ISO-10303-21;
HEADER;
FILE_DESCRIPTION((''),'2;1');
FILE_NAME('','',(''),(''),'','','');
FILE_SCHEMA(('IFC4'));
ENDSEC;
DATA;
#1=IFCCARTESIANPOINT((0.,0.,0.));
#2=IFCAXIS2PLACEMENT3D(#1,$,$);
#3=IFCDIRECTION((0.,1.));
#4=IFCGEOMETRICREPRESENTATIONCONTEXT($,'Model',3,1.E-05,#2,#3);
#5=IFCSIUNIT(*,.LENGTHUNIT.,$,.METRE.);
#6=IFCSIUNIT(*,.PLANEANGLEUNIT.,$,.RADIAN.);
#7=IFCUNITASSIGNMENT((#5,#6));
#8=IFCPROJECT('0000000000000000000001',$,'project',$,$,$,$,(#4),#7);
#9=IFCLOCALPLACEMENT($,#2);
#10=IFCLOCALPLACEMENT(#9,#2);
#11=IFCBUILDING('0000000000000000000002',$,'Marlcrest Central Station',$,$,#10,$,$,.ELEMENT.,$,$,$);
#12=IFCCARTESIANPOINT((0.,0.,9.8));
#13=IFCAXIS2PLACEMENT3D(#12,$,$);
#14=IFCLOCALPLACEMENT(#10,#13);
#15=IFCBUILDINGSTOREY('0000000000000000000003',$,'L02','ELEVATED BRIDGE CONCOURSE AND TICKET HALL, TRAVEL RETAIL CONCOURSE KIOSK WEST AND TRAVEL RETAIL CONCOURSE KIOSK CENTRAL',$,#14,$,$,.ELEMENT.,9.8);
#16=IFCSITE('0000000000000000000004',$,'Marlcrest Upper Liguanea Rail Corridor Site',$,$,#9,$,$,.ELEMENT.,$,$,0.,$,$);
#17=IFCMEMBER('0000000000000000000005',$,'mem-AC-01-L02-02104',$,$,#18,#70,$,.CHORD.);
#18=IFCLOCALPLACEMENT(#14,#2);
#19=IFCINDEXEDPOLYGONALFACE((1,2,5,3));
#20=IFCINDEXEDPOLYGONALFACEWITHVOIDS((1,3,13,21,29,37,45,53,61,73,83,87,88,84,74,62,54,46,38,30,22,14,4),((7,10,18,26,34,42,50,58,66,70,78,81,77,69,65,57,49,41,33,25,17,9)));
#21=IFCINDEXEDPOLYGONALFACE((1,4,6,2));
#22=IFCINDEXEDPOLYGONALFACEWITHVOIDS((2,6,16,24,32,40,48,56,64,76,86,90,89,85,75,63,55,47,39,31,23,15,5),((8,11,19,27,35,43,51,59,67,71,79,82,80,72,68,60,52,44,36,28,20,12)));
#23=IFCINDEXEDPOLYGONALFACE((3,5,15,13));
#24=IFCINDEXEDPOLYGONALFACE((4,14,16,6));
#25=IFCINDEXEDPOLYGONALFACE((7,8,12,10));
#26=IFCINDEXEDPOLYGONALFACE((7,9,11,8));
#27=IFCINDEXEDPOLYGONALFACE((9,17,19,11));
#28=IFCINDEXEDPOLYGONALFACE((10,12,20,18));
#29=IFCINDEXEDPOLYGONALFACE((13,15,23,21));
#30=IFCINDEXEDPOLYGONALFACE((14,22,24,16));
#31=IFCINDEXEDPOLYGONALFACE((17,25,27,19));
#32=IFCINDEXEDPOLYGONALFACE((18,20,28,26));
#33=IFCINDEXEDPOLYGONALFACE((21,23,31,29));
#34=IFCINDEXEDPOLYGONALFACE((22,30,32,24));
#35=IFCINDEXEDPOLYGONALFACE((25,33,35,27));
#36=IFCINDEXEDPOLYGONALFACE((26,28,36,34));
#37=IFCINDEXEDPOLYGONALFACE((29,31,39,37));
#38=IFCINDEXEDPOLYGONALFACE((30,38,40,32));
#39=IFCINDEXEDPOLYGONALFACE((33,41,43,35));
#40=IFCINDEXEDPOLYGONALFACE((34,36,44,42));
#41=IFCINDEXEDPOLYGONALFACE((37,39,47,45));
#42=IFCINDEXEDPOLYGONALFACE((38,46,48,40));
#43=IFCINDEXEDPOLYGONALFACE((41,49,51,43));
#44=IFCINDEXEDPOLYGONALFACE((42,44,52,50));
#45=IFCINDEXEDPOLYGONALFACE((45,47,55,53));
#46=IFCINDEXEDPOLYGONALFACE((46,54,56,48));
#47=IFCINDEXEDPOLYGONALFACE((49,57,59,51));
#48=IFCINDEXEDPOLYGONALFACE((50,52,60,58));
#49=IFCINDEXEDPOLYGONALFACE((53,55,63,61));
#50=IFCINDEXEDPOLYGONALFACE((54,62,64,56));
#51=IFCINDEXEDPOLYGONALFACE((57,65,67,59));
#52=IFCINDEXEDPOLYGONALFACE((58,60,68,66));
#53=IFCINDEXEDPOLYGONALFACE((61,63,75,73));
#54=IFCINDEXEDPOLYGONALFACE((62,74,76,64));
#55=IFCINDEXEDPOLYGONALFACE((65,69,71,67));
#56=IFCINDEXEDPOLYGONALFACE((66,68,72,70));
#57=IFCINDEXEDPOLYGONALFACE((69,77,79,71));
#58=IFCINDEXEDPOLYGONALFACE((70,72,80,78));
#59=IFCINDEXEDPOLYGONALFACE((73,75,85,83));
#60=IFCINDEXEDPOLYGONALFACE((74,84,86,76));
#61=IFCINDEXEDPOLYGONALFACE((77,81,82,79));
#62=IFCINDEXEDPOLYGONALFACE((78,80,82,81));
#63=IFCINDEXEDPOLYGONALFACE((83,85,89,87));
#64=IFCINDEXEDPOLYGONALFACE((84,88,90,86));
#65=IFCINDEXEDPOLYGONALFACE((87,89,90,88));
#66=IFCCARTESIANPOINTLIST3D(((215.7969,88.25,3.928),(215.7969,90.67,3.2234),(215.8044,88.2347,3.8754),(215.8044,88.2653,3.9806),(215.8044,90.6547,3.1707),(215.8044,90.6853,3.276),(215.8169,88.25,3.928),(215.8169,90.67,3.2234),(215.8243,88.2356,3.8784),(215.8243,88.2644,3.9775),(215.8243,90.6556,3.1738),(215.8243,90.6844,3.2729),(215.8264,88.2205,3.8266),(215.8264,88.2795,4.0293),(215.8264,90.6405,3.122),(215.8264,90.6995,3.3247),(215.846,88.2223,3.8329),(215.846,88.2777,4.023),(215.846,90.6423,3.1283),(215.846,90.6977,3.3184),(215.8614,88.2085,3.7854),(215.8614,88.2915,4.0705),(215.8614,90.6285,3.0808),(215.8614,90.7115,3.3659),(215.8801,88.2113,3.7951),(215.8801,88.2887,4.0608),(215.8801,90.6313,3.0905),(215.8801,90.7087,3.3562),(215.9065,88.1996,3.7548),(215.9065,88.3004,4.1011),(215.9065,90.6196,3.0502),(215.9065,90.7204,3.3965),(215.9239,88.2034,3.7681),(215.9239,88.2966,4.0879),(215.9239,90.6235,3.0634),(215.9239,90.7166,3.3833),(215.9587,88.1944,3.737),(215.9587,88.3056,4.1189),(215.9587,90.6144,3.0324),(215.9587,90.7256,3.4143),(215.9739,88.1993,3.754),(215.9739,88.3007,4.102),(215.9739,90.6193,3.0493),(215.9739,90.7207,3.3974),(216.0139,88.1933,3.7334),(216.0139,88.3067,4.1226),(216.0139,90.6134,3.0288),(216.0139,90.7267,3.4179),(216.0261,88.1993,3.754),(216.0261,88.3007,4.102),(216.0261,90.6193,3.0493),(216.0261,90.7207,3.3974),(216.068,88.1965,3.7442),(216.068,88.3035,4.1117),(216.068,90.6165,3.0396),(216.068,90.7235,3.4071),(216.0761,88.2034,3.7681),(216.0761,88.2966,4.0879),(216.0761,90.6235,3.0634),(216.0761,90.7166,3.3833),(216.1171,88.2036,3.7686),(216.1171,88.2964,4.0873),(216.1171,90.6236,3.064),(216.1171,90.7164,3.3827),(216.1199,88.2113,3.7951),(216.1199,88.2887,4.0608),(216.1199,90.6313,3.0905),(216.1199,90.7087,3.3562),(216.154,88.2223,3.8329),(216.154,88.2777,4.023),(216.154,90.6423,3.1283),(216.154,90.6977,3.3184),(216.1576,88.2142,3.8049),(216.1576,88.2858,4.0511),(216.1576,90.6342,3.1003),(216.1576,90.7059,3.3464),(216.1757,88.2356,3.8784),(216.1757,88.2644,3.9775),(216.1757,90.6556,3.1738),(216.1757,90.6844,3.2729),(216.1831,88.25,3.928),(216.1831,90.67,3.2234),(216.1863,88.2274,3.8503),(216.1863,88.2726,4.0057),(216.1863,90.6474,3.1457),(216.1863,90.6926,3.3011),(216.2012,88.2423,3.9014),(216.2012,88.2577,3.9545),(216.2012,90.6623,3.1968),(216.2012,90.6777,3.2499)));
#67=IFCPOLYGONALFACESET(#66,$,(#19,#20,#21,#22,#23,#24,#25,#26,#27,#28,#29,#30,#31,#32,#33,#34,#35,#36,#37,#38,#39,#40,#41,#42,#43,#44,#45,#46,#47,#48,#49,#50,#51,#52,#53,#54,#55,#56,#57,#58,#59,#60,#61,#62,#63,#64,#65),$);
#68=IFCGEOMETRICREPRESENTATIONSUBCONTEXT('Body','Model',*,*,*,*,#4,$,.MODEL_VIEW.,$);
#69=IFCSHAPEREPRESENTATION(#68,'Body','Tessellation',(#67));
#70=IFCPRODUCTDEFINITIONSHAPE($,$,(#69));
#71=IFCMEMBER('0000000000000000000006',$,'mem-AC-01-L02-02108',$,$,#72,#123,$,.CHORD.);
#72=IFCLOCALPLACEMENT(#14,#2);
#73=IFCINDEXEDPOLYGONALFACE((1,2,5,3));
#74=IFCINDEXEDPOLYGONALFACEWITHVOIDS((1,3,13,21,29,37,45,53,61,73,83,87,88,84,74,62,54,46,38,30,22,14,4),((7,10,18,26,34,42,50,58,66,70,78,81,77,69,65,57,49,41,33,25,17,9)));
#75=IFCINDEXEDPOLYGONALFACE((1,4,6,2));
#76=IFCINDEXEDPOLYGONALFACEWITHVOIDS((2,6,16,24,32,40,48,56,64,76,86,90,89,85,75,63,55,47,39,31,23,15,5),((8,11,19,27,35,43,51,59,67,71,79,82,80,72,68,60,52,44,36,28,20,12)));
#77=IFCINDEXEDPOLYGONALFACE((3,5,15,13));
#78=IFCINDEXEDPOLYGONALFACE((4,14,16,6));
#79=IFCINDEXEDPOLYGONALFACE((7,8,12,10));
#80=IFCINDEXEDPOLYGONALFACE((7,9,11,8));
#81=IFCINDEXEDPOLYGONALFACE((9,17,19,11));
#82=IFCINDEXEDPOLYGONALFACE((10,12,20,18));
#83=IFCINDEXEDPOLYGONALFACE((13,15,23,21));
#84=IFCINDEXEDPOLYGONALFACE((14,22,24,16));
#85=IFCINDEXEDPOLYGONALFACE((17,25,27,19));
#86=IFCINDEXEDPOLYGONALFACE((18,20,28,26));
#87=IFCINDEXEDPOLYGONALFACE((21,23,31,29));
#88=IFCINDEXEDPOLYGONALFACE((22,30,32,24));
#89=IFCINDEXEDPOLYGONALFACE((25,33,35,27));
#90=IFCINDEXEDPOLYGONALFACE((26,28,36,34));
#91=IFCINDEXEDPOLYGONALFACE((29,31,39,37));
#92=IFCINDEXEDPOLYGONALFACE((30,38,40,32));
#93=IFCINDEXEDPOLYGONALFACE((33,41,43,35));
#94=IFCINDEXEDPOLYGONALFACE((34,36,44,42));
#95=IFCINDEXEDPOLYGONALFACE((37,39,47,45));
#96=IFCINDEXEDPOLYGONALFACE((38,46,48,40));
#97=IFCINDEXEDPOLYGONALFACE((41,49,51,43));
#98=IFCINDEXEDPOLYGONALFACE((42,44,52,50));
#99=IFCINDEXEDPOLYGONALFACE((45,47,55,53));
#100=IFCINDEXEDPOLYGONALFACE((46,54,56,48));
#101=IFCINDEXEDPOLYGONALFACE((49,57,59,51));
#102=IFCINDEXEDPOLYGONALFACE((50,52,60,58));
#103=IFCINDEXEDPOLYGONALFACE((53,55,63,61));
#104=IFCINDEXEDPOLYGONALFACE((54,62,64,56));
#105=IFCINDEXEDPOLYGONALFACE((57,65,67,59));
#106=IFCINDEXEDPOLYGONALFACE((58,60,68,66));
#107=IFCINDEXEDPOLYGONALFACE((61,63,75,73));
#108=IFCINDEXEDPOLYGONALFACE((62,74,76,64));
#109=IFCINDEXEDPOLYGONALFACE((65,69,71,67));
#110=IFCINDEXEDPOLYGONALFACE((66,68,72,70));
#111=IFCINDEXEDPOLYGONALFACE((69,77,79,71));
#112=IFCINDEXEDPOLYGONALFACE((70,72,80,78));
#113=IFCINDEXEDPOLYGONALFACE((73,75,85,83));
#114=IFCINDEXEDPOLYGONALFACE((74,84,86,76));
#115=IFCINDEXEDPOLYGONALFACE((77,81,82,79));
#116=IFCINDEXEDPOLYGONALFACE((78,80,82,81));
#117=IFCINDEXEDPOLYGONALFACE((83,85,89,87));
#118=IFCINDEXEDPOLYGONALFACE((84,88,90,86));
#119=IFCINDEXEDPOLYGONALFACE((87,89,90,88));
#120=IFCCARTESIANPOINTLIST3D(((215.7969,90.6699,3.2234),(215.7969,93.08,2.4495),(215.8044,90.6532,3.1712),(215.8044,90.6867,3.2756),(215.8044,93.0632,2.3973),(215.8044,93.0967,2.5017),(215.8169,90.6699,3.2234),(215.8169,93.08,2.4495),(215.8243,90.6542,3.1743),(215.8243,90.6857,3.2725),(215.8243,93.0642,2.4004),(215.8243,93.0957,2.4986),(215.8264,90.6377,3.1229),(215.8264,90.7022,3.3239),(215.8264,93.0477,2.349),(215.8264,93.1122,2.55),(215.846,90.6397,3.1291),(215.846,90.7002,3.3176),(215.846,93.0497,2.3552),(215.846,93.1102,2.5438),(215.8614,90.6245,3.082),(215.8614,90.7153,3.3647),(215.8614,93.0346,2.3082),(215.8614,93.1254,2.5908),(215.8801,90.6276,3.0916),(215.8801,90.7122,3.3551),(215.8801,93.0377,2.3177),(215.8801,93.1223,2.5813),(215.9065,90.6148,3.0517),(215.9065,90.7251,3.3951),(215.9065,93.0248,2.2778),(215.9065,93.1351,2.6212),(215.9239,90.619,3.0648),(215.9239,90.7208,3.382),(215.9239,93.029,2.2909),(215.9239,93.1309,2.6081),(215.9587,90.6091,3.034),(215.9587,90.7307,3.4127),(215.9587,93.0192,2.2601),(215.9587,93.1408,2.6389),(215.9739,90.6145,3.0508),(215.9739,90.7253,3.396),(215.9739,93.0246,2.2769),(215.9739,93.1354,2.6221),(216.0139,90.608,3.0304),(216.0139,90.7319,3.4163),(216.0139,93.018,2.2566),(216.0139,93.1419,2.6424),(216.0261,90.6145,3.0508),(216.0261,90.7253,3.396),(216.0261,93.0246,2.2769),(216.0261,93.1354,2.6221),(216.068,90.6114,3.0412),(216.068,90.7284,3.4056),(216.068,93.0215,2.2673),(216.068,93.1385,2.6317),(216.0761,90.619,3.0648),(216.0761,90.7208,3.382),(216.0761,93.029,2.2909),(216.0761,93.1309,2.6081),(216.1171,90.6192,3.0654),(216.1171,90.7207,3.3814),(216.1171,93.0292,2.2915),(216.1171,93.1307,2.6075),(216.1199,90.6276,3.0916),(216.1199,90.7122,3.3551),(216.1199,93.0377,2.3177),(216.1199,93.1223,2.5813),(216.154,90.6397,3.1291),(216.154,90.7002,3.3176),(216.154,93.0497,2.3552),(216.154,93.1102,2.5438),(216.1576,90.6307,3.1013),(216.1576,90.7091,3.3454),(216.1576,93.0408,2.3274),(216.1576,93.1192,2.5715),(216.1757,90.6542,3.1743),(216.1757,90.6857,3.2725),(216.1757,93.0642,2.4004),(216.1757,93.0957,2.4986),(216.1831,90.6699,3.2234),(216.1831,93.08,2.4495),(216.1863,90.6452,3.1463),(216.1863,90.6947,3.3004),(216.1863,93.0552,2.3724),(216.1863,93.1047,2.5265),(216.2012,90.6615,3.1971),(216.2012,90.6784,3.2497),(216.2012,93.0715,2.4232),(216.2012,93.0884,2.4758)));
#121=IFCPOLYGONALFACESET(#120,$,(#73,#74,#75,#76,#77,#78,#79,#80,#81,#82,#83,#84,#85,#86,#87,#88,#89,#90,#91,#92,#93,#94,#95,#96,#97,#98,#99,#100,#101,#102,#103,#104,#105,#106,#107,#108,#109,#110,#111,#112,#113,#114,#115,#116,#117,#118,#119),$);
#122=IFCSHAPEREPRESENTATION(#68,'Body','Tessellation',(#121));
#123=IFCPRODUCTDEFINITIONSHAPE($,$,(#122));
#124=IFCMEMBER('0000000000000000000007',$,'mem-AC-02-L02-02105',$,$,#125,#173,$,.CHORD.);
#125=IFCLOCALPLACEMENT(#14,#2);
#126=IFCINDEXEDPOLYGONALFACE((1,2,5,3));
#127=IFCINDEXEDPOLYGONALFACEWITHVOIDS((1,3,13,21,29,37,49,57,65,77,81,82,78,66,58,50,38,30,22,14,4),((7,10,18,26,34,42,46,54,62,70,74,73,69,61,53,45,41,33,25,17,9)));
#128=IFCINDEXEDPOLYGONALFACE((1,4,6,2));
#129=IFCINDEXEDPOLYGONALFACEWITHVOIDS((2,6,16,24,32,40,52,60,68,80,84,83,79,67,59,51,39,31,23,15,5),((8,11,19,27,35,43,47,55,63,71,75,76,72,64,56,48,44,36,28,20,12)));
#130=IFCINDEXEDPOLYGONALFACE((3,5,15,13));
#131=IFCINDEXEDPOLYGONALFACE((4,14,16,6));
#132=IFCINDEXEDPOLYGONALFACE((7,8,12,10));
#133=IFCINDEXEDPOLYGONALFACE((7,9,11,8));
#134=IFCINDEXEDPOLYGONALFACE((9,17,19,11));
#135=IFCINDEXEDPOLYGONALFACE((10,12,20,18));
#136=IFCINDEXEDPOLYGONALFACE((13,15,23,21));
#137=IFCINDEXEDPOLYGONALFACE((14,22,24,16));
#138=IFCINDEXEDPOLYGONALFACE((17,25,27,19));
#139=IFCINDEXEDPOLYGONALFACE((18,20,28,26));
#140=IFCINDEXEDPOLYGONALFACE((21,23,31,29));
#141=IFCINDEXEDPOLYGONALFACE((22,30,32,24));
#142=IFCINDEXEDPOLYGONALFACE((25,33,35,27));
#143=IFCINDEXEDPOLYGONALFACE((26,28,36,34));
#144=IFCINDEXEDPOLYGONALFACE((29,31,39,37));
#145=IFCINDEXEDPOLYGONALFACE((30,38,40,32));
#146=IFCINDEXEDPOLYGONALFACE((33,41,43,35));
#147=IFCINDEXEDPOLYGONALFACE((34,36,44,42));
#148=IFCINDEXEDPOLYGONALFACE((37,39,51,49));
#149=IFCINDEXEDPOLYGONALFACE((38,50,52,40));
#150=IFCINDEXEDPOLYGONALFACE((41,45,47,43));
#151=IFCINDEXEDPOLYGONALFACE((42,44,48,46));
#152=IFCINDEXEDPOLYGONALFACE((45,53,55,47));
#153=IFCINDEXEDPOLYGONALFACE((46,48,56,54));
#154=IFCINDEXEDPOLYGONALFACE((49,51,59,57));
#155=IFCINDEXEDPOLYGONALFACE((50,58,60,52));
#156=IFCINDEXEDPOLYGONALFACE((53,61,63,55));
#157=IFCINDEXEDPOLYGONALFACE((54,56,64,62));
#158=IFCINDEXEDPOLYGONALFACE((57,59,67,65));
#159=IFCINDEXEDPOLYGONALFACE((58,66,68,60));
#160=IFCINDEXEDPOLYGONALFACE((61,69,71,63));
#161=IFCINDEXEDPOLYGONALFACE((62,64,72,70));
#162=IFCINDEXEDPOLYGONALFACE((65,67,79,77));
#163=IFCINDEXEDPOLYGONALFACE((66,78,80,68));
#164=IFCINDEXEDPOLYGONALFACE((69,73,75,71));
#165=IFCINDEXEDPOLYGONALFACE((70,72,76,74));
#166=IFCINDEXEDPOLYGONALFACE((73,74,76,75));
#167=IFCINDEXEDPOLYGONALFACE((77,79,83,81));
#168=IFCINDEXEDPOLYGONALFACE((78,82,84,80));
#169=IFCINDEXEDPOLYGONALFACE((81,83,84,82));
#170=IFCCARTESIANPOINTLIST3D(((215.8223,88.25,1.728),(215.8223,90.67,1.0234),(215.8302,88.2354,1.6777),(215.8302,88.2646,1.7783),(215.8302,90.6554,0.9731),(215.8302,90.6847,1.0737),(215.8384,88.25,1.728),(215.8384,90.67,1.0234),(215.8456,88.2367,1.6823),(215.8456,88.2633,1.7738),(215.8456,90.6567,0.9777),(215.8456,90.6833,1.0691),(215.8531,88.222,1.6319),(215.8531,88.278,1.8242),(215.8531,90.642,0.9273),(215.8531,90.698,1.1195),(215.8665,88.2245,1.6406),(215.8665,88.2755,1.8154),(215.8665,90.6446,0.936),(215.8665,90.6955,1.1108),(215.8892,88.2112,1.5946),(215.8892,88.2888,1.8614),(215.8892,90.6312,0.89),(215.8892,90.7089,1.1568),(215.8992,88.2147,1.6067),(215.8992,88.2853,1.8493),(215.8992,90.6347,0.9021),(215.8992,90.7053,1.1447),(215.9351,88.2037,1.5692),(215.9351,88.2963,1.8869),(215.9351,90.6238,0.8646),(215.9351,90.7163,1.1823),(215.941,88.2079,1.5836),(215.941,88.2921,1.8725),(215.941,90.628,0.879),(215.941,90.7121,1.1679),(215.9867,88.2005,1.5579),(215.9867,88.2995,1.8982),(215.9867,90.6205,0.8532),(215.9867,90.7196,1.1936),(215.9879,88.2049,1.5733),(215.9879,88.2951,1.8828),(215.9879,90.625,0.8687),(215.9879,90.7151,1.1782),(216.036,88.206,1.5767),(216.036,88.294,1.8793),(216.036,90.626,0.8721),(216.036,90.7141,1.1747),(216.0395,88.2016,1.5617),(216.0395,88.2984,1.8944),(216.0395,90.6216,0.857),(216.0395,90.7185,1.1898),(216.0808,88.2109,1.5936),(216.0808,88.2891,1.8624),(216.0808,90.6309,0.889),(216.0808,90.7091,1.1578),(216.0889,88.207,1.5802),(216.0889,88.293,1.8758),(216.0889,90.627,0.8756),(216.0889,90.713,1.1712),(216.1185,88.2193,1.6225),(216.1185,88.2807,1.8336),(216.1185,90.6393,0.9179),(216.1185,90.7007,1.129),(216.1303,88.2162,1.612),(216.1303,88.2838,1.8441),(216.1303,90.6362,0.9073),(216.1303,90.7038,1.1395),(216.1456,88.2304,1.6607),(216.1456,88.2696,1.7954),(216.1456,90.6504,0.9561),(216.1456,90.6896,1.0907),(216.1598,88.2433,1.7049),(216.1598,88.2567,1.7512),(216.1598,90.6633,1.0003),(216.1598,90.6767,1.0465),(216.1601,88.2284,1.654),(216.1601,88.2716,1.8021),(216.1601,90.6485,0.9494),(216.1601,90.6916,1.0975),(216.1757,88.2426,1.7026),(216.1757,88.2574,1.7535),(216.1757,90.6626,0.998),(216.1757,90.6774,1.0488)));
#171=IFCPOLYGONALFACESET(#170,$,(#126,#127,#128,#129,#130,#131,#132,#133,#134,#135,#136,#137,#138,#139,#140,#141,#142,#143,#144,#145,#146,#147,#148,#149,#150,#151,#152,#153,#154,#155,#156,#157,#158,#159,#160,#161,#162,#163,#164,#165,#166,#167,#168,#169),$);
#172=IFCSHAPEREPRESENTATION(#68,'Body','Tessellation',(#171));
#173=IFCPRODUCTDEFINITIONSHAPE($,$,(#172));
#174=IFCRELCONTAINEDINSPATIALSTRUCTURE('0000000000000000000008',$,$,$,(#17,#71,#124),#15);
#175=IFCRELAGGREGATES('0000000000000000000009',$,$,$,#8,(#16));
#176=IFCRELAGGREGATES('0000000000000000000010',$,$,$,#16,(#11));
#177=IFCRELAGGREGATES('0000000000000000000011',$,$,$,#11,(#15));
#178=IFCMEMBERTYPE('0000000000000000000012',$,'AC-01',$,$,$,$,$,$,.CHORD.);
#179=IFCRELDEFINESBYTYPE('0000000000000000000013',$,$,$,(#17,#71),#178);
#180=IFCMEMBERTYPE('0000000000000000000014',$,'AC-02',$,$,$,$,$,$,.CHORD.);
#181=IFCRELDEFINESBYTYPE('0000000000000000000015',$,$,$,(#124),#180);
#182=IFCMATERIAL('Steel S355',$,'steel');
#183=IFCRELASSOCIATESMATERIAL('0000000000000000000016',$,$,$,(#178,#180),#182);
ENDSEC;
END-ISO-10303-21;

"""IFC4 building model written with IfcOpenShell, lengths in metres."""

from ifc_helpers import new_model, si_unit, direction, frame, origin, origin_2d, place, context, subcontext, project, spatial, hollow_circle, extrude, material, material_profile, profile_set, type_object, element, save


model = new_model("IFC4")

# Units and contexts
model_context = context("Model", 3, precision=1e-05, world=origin(), true_north=direction((0.0, 1.0)))
body_context = subcontext(model_context, "Body", "Model", "MODEL_VIEW")
ifc_project = project(units=[si_unit("LENGTHUNIT", "METRE"), si_unit("PLANEANGLEUNIT", "RADIAN")], contexts=[model_context])

# Site, building, storey
site_placement = place(None, origin())
site = spatial("IfcSite", under=ifc_project, at=site_placement, Name="Marlcrest Upper Liguanea Rail Corridor Site", CompositionType="ELEMENT", RefElevation=0.0)
building_placement = place(site_placement, origin())
building = spatial("IfcBuilding", under=site, at=building_placement, Name="Marlcrest Central Station", CompositionType="ELEMENT")
storey_placement = place(building_placement, frame((0.0, 0.0, 9.8)))
storey = spatial("IfcBuildingStorey", under=building, at=storey_placement, Name="L02", Description="ELEVATED BRIDGE CONCOURSE AND TICKET HALL, TRAVEL RETAIL CONCOURSE KIOSK WEST AND TRAVEL RETAIL CONCOURSE KIOSK CENTRAL", CompositionType="ELEMENT", Elevation=9.8)

# Members
ifc_material = material(Name="Steel S355", Category="steel")
ifc_material_profile_1 = material_profile(ifc_material, hollow_circle(Radius=0.2031, WallThickness=0.02, at=origin_2d()), Name="CHS 406.4x20")
ifc_profile_set_1 = profile_set([ifc_material_profile_1], Name="Steel S355")
member_type_1 = type_object("IfcMemberType", Name="AC-01", PredefinedType="CHORD", material=ifc_profile_set_1)
member_1_placement = place(storey_placement, frame((216.0, 88.25, 3.928), z_axis=(0.0, 0.96013, -0.279554), x_axis=(-1.0, 0.0, 0.0)))
element("IfcMember", 1, at=member_1_placement, inside=storey, type_object=member_type_1, Name="mem-AC-01-L02-02104", PredefinedType="CHORD", context=body_context, shape_type="SweptSolid", body=[
    extrude(hollow_circle(Radius=0.2031, WallThickness=0.02, at=origin_2d()), origin(), (0.0, 0.0, 1.0), 2.5205),
])
member_2_placement = place(storey_placement, frame((216.0, 90.6699, 3.2234), z_axis=(0.0, 0.952117, -0.305734), x_axis=(-1.0, 0.0, 0.0)))
element("IfcMember", 2, at=member_2_placement, inside=storey, type_object=member_type_1, Name="mem-AC-01-L02-02108", PredefinedType="CHORD", context=body_context, shape_type="SweptSolid", body=[
    extrude(hollow_circle(Radius=0.2031, WallThickness=0.02, at=origin_2d()), origin(), (0.0, 0.0, 1.0), 2.5312),
])
ifc_material_profile_2 = material_profile(ifc_material, hollow_circle(Radius=0.1777, WallThickness=0.0161, at=origin_2d()), Name="CHS 355.6x16")
ifc_profile_set_2 = profile_set([ifc_material_profile_2], Name="Steel S355")
member_type_2 = type_object("IfcMemberType", Name="AC-02", PredefinedType="CHORD", material=ifc_profile_set_2)
member_3_placement = place(storey_placement, frame((216.0, 88.25, 1.728), z_axis=(0.0, 0.96013, -0.279554), x_axis=(-1.0, 0.0, 0.0)))
element("IfcMember", 3, at=member_3_placement, inside=storey, type_object=member_type_2, Name="mem-AC-02-L02-02105", PredefinedType="CHORD", context=body_context, shape_type="SweptSolid", body=[
    extrude(hollow_circle(Radius=0.1777, WallThickness=0.0161, at=origin_2d()), origin(), (0.0, 0.0, 1.0), 2.5205),
])

save(model, "model.ifc")
